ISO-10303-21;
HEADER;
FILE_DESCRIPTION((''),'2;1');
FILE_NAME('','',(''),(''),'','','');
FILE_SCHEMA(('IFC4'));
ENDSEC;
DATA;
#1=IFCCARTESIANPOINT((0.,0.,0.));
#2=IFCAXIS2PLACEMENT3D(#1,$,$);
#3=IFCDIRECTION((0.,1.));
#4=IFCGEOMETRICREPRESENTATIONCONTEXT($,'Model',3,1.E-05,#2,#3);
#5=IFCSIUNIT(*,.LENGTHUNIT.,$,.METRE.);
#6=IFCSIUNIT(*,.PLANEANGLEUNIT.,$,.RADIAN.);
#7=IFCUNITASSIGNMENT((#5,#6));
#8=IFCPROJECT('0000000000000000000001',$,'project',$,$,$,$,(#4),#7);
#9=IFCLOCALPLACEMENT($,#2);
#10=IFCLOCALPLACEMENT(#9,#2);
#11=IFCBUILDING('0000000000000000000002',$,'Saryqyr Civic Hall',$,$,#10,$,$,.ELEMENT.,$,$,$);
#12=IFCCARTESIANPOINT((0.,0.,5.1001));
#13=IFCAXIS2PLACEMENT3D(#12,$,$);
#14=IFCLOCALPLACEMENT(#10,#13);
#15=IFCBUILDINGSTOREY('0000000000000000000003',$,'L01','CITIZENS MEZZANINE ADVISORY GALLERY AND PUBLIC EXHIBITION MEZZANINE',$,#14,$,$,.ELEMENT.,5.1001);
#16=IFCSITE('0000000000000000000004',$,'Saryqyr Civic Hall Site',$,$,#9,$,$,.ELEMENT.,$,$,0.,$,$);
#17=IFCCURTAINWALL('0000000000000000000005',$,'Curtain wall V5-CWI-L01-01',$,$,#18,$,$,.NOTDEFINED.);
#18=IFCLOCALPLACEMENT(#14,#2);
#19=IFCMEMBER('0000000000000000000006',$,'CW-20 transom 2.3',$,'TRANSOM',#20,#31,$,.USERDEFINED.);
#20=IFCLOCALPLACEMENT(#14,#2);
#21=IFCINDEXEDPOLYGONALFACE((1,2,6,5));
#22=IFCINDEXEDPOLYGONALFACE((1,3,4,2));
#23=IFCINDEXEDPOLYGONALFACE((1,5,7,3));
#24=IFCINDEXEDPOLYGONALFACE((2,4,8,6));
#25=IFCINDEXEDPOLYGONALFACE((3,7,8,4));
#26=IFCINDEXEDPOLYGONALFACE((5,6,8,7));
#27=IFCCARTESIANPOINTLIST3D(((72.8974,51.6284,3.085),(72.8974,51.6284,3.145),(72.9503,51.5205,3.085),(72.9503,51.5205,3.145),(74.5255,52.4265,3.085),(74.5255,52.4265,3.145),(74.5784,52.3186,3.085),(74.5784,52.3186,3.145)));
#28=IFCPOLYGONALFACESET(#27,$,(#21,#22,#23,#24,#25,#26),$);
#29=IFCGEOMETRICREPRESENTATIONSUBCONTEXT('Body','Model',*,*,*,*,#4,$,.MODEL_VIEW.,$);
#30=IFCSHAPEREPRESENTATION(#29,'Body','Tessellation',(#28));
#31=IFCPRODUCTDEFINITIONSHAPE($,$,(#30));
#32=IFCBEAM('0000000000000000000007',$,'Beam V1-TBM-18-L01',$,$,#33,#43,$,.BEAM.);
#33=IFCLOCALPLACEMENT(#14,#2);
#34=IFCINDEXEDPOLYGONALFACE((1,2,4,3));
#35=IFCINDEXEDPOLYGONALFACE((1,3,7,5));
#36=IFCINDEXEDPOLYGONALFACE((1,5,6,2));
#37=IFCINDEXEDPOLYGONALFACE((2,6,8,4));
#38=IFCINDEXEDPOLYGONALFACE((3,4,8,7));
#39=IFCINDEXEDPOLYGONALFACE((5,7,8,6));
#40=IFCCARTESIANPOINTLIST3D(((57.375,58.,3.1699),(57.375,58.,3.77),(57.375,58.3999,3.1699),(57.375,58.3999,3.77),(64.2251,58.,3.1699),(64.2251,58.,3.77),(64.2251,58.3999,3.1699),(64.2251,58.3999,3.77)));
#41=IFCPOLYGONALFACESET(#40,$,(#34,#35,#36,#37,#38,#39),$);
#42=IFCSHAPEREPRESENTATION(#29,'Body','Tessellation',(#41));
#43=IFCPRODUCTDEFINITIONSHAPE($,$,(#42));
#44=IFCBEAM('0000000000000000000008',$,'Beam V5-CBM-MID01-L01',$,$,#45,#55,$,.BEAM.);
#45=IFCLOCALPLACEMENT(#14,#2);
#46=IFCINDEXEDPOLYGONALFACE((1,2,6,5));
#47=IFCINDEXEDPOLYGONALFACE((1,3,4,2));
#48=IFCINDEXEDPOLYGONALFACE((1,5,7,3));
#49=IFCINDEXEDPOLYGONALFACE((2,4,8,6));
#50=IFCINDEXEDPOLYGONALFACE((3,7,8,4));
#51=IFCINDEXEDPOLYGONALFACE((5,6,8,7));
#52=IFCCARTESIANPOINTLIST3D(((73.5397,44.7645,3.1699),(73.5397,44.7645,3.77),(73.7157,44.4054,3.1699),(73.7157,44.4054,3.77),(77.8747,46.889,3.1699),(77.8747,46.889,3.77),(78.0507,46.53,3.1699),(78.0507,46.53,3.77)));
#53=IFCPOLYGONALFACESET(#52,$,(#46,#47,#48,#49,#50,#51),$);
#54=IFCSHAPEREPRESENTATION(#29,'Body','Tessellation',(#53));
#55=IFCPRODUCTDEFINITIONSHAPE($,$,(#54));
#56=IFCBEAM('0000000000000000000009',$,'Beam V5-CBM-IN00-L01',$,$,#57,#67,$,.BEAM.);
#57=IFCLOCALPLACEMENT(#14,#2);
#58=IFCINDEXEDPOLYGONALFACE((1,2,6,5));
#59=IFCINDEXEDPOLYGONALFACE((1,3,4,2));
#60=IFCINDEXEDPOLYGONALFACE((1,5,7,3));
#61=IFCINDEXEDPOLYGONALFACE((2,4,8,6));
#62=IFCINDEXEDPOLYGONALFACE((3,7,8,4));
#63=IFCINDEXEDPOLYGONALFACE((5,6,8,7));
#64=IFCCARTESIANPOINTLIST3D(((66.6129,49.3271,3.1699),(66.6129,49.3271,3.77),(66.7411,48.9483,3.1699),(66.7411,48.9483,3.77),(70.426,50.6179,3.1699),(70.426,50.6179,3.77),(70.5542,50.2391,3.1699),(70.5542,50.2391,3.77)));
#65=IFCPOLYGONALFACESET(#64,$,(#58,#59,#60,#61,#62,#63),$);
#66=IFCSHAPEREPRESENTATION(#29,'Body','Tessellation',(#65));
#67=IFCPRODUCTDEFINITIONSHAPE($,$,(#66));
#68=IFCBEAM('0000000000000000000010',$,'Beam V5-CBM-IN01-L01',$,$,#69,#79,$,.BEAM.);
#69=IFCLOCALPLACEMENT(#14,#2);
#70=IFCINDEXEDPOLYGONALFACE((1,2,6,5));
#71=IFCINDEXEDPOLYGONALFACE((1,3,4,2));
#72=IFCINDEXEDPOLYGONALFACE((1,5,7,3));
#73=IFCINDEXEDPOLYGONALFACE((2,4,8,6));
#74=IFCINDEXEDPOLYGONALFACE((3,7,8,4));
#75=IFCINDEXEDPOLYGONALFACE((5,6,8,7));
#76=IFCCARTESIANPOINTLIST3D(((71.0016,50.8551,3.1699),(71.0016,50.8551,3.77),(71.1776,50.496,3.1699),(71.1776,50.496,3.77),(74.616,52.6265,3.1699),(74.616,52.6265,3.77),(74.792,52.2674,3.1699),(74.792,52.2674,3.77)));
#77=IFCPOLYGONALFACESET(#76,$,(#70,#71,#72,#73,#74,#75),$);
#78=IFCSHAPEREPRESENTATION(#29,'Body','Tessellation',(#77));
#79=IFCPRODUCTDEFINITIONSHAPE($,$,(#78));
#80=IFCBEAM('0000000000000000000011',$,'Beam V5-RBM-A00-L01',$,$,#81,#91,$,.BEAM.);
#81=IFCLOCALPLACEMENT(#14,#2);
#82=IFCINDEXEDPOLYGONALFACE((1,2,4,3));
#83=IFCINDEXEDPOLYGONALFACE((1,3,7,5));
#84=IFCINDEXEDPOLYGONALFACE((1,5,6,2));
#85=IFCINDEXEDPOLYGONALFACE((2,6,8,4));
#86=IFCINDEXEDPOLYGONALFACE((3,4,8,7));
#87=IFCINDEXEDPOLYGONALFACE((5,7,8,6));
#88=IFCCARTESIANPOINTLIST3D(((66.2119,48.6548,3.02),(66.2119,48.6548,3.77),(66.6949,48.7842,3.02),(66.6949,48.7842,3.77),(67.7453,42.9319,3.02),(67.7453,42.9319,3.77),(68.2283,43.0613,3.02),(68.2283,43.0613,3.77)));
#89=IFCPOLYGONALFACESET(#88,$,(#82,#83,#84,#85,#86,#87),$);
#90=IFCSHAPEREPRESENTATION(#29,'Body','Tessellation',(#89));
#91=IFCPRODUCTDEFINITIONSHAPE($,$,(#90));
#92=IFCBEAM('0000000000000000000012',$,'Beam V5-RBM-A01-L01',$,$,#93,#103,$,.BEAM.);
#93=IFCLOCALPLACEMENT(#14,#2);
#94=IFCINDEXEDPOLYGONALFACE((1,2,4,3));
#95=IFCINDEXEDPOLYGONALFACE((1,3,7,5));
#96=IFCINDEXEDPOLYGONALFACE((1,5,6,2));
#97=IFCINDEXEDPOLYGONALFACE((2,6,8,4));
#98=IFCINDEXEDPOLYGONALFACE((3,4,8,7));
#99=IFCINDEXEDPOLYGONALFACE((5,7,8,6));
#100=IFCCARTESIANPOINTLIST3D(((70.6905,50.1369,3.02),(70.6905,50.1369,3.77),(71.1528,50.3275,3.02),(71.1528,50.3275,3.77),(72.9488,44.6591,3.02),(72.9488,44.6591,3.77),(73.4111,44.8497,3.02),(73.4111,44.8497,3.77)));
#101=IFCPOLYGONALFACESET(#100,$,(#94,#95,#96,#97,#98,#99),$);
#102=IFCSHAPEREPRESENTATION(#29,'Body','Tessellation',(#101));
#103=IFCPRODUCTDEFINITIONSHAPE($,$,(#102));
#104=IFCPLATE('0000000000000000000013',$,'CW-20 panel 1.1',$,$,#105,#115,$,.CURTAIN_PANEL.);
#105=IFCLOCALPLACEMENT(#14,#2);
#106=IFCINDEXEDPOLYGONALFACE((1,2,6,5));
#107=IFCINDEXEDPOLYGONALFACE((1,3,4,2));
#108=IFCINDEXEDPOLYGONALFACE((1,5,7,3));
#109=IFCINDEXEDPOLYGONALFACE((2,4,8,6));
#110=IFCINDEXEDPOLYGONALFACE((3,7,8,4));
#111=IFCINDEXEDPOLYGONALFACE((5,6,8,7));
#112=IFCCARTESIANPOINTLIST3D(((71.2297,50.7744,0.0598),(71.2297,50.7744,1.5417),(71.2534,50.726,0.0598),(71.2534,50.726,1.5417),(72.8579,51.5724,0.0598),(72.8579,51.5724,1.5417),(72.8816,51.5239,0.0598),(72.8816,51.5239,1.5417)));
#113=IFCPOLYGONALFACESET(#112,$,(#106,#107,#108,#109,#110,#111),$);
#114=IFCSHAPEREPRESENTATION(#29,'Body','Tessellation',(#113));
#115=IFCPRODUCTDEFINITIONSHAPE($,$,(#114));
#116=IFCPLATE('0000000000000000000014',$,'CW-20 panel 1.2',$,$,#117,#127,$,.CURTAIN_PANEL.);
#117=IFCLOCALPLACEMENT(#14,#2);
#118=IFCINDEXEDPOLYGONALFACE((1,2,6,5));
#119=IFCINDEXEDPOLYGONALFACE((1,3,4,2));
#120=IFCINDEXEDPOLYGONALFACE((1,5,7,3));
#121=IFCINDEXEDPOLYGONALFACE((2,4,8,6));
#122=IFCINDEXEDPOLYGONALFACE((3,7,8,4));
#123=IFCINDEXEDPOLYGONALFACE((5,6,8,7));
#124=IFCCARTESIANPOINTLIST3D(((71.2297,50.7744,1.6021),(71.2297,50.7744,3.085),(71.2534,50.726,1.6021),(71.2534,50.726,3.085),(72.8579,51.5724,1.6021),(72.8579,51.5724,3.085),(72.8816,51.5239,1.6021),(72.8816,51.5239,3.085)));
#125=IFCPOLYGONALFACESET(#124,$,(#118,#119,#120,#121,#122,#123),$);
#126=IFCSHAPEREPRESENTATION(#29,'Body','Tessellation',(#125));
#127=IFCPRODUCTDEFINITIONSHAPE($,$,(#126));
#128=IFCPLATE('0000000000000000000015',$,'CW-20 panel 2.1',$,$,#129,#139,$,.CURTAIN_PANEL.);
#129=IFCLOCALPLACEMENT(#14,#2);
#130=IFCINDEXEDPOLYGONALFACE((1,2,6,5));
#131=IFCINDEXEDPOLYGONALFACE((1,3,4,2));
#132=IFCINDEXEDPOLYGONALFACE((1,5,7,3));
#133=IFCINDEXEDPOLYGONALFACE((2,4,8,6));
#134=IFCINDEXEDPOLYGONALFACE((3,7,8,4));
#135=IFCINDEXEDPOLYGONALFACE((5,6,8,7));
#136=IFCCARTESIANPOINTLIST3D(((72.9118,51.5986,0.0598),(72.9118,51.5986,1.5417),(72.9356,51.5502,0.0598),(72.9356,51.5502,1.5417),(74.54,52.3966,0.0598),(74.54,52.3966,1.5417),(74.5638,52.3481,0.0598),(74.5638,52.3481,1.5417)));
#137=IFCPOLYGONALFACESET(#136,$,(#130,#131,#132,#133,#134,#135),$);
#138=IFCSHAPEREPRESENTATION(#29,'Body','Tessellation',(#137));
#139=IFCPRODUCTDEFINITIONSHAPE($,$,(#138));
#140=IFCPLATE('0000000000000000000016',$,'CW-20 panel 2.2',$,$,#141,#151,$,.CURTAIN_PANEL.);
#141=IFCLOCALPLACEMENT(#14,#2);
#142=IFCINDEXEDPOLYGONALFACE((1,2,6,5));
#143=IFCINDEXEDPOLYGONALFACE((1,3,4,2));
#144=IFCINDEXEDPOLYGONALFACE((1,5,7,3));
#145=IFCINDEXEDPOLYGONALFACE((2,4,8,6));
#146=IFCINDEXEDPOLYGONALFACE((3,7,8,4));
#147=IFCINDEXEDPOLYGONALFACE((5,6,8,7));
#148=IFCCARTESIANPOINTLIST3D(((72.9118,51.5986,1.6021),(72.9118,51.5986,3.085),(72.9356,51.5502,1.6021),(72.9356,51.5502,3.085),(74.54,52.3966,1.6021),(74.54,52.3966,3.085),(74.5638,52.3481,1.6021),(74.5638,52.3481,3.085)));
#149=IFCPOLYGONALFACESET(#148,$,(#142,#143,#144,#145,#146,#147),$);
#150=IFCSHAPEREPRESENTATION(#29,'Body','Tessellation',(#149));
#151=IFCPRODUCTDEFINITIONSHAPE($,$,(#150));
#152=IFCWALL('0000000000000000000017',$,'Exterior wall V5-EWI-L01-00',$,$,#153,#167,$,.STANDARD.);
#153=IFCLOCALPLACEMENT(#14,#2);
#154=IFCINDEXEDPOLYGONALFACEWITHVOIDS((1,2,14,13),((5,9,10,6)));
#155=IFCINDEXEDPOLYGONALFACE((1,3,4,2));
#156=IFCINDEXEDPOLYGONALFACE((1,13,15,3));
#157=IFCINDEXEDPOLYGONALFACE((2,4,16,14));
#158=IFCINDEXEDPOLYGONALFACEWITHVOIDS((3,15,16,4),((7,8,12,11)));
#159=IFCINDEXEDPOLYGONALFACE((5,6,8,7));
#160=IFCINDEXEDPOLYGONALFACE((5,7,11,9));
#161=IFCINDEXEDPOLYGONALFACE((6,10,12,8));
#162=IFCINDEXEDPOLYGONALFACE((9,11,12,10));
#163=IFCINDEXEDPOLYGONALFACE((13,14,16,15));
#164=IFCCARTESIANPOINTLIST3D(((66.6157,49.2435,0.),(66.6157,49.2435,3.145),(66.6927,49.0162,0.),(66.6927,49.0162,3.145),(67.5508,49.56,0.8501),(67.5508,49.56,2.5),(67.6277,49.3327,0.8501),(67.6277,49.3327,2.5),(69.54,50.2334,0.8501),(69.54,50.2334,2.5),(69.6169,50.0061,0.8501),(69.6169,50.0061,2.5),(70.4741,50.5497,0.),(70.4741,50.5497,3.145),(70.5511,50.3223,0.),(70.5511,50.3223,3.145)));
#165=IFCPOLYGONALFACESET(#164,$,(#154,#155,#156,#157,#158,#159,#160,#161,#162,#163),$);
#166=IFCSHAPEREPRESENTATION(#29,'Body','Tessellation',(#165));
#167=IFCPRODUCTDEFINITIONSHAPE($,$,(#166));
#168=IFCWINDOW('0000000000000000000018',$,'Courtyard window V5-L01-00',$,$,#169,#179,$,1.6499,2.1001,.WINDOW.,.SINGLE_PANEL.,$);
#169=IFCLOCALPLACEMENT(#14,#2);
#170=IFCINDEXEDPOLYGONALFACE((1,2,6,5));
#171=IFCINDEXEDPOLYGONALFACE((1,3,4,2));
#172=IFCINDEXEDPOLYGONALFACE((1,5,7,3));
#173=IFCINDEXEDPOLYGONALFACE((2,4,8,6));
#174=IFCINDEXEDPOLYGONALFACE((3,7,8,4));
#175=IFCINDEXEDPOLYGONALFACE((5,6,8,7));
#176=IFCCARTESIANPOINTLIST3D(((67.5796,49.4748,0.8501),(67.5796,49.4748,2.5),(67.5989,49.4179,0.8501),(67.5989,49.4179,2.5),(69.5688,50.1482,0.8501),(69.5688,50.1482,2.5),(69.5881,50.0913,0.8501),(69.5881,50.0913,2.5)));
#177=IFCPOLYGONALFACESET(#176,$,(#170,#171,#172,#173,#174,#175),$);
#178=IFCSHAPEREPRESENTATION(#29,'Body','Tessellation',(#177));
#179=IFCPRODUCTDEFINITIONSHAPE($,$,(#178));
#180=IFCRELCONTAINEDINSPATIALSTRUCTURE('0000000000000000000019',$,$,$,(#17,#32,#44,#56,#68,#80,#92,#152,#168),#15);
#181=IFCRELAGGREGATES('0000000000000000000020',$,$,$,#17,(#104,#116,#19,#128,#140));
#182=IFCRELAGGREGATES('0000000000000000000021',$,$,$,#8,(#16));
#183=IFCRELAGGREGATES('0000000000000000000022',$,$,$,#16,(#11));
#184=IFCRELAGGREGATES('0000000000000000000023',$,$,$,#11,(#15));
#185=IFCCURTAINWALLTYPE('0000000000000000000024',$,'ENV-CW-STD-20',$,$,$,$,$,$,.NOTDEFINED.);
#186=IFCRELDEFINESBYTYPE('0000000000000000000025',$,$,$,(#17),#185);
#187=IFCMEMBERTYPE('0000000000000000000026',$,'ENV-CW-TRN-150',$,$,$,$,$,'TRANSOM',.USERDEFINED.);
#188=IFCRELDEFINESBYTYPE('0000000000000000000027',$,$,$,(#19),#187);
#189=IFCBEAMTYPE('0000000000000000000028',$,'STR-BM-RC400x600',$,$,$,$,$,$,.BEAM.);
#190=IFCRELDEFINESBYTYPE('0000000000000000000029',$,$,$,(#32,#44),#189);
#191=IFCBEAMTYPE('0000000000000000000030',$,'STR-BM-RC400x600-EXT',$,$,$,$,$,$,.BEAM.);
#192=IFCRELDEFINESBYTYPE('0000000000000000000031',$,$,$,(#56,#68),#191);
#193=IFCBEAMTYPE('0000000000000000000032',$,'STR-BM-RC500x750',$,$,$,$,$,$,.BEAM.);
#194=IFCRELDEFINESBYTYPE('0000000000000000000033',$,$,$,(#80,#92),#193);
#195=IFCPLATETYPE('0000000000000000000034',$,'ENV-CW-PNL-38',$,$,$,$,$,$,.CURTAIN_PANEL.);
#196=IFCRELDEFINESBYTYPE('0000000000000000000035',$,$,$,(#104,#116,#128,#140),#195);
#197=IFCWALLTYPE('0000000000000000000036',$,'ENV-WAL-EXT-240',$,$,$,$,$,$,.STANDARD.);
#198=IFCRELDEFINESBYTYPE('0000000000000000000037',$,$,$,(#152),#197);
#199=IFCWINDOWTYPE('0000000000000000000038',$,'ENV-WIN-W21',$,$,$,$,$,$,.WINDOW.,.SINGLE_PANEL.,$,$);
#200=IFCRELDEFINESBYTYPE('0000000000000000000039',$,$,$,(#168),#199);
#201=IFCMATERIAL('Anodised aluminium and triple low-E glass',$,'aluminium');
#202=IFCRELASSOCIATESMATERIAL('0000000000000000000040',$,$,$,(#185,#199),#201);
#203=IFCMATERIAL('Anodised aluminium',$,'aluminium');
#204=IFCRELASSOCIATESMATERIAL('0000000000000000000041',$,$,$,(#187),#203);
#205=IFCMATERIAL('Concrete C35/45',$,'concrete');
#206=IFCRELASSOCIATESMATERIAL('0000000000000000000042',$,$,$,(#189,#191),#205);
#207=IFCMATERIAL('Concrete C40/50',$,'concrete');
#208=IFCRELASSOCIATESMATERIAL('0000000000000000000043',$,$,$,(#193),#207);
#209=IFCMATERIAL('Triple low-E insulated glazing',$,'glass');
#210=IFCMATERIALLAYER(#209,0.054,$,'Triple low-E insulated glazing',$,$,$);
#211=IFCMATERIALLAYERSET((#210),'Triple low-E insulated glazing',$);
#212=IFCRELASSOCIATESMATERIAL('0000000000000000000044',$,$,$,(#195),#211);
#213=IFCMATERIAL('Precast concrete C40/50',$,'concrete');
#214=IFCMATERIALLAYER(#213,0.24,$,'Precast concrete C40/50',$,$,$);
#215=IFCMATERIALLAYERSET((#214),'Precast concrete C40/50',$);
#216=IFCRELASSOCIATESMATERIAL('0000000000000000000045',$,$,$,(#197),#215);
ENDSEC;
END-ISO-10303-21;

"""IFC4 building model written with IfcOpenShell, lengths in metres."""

from ifc_helpers import new_model, si_unit, direction, frame, frame_2d, origin, origin_2d, place, context, subcontext, project, spatial, rectangle, extrude, material, layer, layer_set, material_profile, profile_set, type_object, element, fill, aggregate, save


model = new_model("IFC4")

# Units and contexts
model_context = context("Model", 3, precision=1e-05, world=origin(), true_north=direction((0.0, 1.0)))
body_context = subcontext(model_context, "Body", "Model", "MODEL_VIEW")
ifc_project = project(units=[si_unit("LENGTHUNIT", "METRE"), si_unit("PLANEANGLEUNIT", "RADIAN")], contexts=[model_context])

# Site, building, storey
site_placement = place(None, origin())
site = spatial("IfcSite", under=ifc_project, at=site_placement, Name="Saryqyr Civic Hall Site", CompositionType="ELEMENT", RefElevation=0.0)
building_placement = place(site_placement, origin())
building = spatial("IfcBuilding", under=site, at=building_placement, Name="Saryqyr Civic Hall", CompositionType="ELEMENT")
storey_placement = place(building_placement, frame((0.0, 0.0, 5.1001)))
storey = spatial("IfcBuildingStorey", under=building, at=storey_placement, Name="L01", Description="CITIZENS MEZZANINE ADVISORY GALLERY AND PUBLIC EXHIBITION MEZZANINE", CompositionType="ELEMENT", Elevation=5.1001)

# Shared definitions
ifc_material_1 = material(Name="Concrete C40/50", Category="concrete")

# Curtain wall, member
ifc_material_2 = material(Name="Anodised aluminium and triple low-E glass", Category="aluminium")
curtain_wall_type = type_object("IfcCurtainWallType", Name="ENV-CW-STD-20", PredefinedType="NOTDEFINED", material=ifc_material_2)
curtain_wall_placement = place(storey_placement, origin())
curtain_wall = element("IfcCurtainWall", 1, at=curtain_wall_placement, inside=storey, type_object=curtain_wall_type, Name="Curtain wall V5-CWI-L01-01", PredefinedType="NOTDEFINED")
ifc_material_3 = material(Name="Anodised aluminium", Category="aluminium")
ifc_material_profile_1 = material_profile(ifc_material_3, rectangle(XDim=0.1201, YDim=0.0601, at=origin_2d()), Name="ALU TRANSOM 120x60")
ifc_profile_set_1 = profile_set([ifc_material_profile_1], Name="Anodised aluminium")
member_type_1 = type_object("IfcMemberType", Name="ENV-CW-TRN-150", ElementType="TRANSOM", PredefinedType="USERDEFINED", material=ifc_profile_set_1)
member_1_placement = place(storey_placement, frame((72.9238, 51.5745, 3.115), z_axis=(0.897927, 0.440144, 0.0), x_axis=(-0.440144, 0.897927, 0.0)))
member_1 = element("IfcMember", 2, at=member_1_placement, type_object=member_type_1, Name="CW-20 transom 2.3", ObjectType="TRANSOM", PredefinedType="USERDEFINED", context=body_context, shape_type="SweptSolid", body=[
    extrude(rectangle(XDim=0.1201, YDim=0.0601, at=origin_2d()), origin(), (0.0, 0.0, 1.0), 1.8132),
])

# Beams
ifc_material_4 = material(Name="Concrete C35/45", Category="concrete")
ifc_material_profile_2 = material_profile(ifc_material_4, rectangle(XDim=0.3999, YDim=0.6001, at=origin_2d()), Name="RC 400x600")
ifc_profile_set_2 = profile_set([ifc_material_profile_2], Name="Concrete C35/45")
beam_type_1 = type_object("IfcBeamType", Name="STR-BM-RC400x600", PredefinedType="BEAM", material=ifc_profile_set_2)
beam_1_placement = place(storey_placement, frame((57.375, 58.2, 3.47), z_axis=(1.0, 0.0, 0.0), x_axis=(0.0, 1.0, 0.0)))
element("IfcBeam", 3, at=beam_1_placement, inside=storey, type_object=beam_type_1, Name="Beam V1-TBM-18-L01", PredefinedType="BEAM", context=body_context, shape_type="SweptSolid", body=[
    extrude(rectangle(XDim=0.3999, YDim=0.6001, at=origin_2d()), origin(), (0.0, 0.0, 1.0), 6.8501),
])
beam_2_placement = place(storey_placement, frame((73.6277, 44.585, 3.47), z_axis=(0.897959, 0.440079, 0.0), x_axis=(-0.440079, 0.897959, 0.0)))
element("IfcBeam", 4, at=beam_2_placement, inside=storey, type_object=beam_type_1, Name="Beam V5-CBM-MID01-L01", PredefinedType="BEAM", context=body_context, shape_type="SweptSolid", body=[
    extrude(rectangle(XDim=0.3999, YDim=0.6001, at=origin_2d()), origin(), (0.0, 0.0, 1.0), 4.8276),
])
ifc_material_profile_3 = material_profile(ifc_material_4, rectangle(XDim=0.3999, YDim=0.6001, at=origin_2d()), Name="RC 400x600")
ifc_profile_set_3 = profile_set([ifc_material_profile_3], Name="Concrete C35/45")
beam_type_2 = type_object("IfcBeamType", Name="STR-BM-RC400x600-EXT", PredefinedType="BEAM", material=ifc_profile_set_3)
beam_3_placement = place(storey_placement, frame((66.677, 49.1377, 3.47), z_axis=(0.947199, 0.320646, 0.0), x_axis=(-0.320646, 0.947199, 0.0)))
element("IfcBeam", 5, at=beam_3_placement, inside=storey, type_object=beam_type_2, Name="Beam V5-CBM-IN00-L01", PredefinedType="BEAM", context=body_context, shape_type="SweptSolid", body=[
    extrude(rectangle(XDim=0.3999, YDim=0.6001, at=origin_2d()), origin(), (0.0, 0.0, 1.0), 4.0256),
])
beam_4_placement = place(storey_placement, frame((71.0896, 50.6755, 3.47), z_axis=(0.897953, 0.440091, 0.0), x_axis=(-0.440091, 0.897953, 0.0)))
element("IfcBeam", 6, at=beam_4_placement, inside=storey, type_object=beam_type_2, Name="Beam V5-CBM-IN01-L01", PredefinedType="BEAM", context=body_context, shape_type="SweptSolid", body=[
    extrude(rectangle(XDim=0.3999, YDim=0.6001, at=origin_2d()), origin(), (0.0, 0.0, 1.0), 4.0251),
])
ifc_material_profile_4 = material_profile(ifc_material_1, rectangle(XDim=0.5, YDim=0.75, at=origin_2d()), Name="RC 500x750")
ifc_profile_set_4 = profile_set([ifc_material_profile_4], Name="Concrete C40/50")
beam_type_3 = type_object("IfcBeamType", Name="STR-BM-RC500x750", PredefinedType="BEAM", material=ifc_profile_set_4)
beam_5_placement = place(storey_placement, frame((66.4534, 48.7195, 3.395), z_axis=(0.258819, -0.965926, 0.0), x_axis=(0.965926, 0.258819, 0.0)))
element("IfcBeam", 7, at=beam_5_placement, inside=storey, type_object=beam_type_3, Name="Beam V5-RBM-A00-L01", PredefinedType="BEAM", context=body_context, shape_type="SweptSolid", body=[
    extrude(rectangle(XDim=0.5, YDim=0.75, at=origin_2d()), origin(), (0.0, 0.0, 1.0), 5.9248),
])
beam_6_placement = place(storey_placement, frame((70.9216, 50.2322, 3.395), z_axis=(0.381146, -0.924515, 0.0), x_axis=(0.924515, 0.381146, 0.0)))
element("IfcBeam", 8, at=beam_6_placement, inside=storey, type_object=beam_type_3, Name="Beam V5-RBM-A01-L01", PredefinedType="BEAM", context=body_context, shape_type="SweptSolid", body=[
    extrude(rectangle(XDim=0.5, YDim=0.75, at=origin_2d()), origin(), (0.0, 0.0, 1.0), 5.925),
])

# Plates
ifc_material_5 = material(Name="Triple low-E insulated glazing", Category="glass")
ifc_layer_1 = layer(ifc_material_5, 0.054, Name="Triple low-E insulated glazing")
ifc_layer_set_1 = layer_set([ifc_layer_1], Name="Triple low-E insulated glazing")
plate_type = type_object("IfcPlateType", Name="ENV-CW-PNL-38", PredefinedType="CURTAIN_PANEL", material=ifc_layer_set_1)
plate_1_placement = place(storey_placement, frame((72.0557, 51.1492, 0.0598), z_axis=(0.0, 0.0, 1.0), x_axis=(0.897961, 0.440075, 0.0)))
plate_1 = element("IfcPlate", 9, at=plate_1_placement, type_object=plate_type, Name="CW-20 panel 1.1", PredefinedType="CURTAIN_PANEL", context=body_context, shape_type="SweptSolid", body=[
    extrude(rectangle(XDim=1.8132, YDim=0.054, at=origin_2d()), origin(), (0.0, 0.0, 1.0), 1.4819),
])
plate_2_placement = place(storey_placement, frame((72.0557, 51.1492, 1.6021), z_axis=(0.0, 0.0, 1.0), x_axis=(0.897961, 0.440075, 0.0)))
plate_2 = element("IfcPlate", 10, at=plate_2_placement, type_object=plate_type, Name="CW-20 panel 1.2", PredefinedType="CURTAIN_PANEL", context=body_context, shape_type="SweptSolid", body=[
    extrude(rectangle(XDim=1.8132, YDim=0.054, at=origin_2d()), origin(), (0.0, 0.0, 1.0), 1.4829),
])
plate_3_placement = place(storey_placement, frame((73.7378, 51.9734, 0.0598), z_axis=(0.0, 0.0, 1.0), x_axis=(0.897961, 0.440075, 0.0)))
plate_3 = element("IfcPlate", 11, at=plate_3_placement, type_object=plate_type, Name="CW-20 panel 2.1", PredefinedType="CURTAIN_PANEL", context=body_context, shape_type="SweptSolid", body=[
    extrude(rectangle(XDim=1.8132, YDim=0.054, at=origin_2d()), origin(), (0.0, 0.0, 1.0), 1.4819),
])
plate_4_placement = place(storey_placement, frame((73.7378, 51.9734, 1.6021), z_axis=(0.0, 0.0, 1.0), x_axis=(0.897961, 0.440075, 0.0)))
plate_4 = element("IfcPlate", 12, at=plate_4_placement, type_object=plate_type, Name="CW-20 panel 2.2", PredefinedType="CURTAIN_PANEL", context=body_context, shape_type="SweptSolid", body=[
    extrude(rectangle(XDim=1.8132, YDim=0.054, at=origin_2d()), origin(), (0.0, 0.0, 1.0), 1.4829),
])
aggregate(curtain_wall, [plate_1, plate_2, member_1, plate_3, plate_4])

# Wall, opening, window
ifc_material_6 = material(Name="Precast concrete C40/50", Category="concrete")
ifc_layer_2 = layer(ifc_material_6, 0.24, Name="Precast concrete C40/50")
ifc_layer_set_2 = layer_set([ifc_layer_2], Name="Precast concrete C40/50")
wall_type_1 = type_object("IfcWallType", Name="ENV-WAL-EXT-240", PredefinedType="STANDARD", material=ifc_layer_set_2)
wall_1_placement = place(storey_placement, frame((66.6543, 49.1299, 0.0), z_axis=(0.0, 0.0, 1.0), x_axis=(0.947199, 0.320647, 0.0)))
wall_1 = element("IfcWall", 13, at=wall_1_placement, inside=storey, type_object=wall_type_1, Name="Exterior wall V5-EWI-L01-00", PredefinedType="STANDARD", context=body_context, shape_type="SweptSolid", body=[
    extrude(rectangle(XDim=4.0735, YDim=0.24, at=frame_2d((2.0366, 0.0))), origin(), (0.0, 0.0, 1.0), 3.145),
])
opening_1_placement = place(wall_1_placement, frame((0.9871, 0.0, 0.8501)))
opening_1 = element("IfcOpeningElement", 14, at=opening_1_placement, cuts=wall_1, PredefinedType="OPENING", context=body_context, shape_type="SweptSolid", body=[
    extrude(rectangle(XDim=2.1001, YDim=1.6499, at=frame_2d((1.05, 0.825))), frame((0.0, 0.1299, 0.0), z_axis=(0.0, -1.0, 0.0), x_axis=(1.0, 0.0, 0.0)), (0.0, 0.0, 1.0), 0.26),
])
window_type = type_object("IfcWindowType", Name="ENV-WIN-W21", PartitioningType="SINGLE_PANEL", PredefinedType="WINDOW", material=ifc_material_2)
window_placement = place(opening_1_placement, origin())
window = element("IfcWindow", 15, at=window_placement, inside=storey, type_object=window_type, Name="Courtyard window V5-L01-00", OverallHeight=1.6499, OverallWidth=2.1001, PartitioningType="SINGLE_PANEL", PredefinedType="WINDOW", context=body_context, shape_type="SweptSolid", body=[
    extrude(rectangle(XDim=2.1001, YDim=1.6499, at=frame_2d((1.05, 0.825))), frame((0.0, 0.03, 0.0), z_axis=(0.0, -1.0, 0.0), x_axis=(1.0, 0.0, 0.0)), (0.0, 0.0, 1.0), 0.0601),
])
fill(opening_1, window)

save(model, "model.ifc")
